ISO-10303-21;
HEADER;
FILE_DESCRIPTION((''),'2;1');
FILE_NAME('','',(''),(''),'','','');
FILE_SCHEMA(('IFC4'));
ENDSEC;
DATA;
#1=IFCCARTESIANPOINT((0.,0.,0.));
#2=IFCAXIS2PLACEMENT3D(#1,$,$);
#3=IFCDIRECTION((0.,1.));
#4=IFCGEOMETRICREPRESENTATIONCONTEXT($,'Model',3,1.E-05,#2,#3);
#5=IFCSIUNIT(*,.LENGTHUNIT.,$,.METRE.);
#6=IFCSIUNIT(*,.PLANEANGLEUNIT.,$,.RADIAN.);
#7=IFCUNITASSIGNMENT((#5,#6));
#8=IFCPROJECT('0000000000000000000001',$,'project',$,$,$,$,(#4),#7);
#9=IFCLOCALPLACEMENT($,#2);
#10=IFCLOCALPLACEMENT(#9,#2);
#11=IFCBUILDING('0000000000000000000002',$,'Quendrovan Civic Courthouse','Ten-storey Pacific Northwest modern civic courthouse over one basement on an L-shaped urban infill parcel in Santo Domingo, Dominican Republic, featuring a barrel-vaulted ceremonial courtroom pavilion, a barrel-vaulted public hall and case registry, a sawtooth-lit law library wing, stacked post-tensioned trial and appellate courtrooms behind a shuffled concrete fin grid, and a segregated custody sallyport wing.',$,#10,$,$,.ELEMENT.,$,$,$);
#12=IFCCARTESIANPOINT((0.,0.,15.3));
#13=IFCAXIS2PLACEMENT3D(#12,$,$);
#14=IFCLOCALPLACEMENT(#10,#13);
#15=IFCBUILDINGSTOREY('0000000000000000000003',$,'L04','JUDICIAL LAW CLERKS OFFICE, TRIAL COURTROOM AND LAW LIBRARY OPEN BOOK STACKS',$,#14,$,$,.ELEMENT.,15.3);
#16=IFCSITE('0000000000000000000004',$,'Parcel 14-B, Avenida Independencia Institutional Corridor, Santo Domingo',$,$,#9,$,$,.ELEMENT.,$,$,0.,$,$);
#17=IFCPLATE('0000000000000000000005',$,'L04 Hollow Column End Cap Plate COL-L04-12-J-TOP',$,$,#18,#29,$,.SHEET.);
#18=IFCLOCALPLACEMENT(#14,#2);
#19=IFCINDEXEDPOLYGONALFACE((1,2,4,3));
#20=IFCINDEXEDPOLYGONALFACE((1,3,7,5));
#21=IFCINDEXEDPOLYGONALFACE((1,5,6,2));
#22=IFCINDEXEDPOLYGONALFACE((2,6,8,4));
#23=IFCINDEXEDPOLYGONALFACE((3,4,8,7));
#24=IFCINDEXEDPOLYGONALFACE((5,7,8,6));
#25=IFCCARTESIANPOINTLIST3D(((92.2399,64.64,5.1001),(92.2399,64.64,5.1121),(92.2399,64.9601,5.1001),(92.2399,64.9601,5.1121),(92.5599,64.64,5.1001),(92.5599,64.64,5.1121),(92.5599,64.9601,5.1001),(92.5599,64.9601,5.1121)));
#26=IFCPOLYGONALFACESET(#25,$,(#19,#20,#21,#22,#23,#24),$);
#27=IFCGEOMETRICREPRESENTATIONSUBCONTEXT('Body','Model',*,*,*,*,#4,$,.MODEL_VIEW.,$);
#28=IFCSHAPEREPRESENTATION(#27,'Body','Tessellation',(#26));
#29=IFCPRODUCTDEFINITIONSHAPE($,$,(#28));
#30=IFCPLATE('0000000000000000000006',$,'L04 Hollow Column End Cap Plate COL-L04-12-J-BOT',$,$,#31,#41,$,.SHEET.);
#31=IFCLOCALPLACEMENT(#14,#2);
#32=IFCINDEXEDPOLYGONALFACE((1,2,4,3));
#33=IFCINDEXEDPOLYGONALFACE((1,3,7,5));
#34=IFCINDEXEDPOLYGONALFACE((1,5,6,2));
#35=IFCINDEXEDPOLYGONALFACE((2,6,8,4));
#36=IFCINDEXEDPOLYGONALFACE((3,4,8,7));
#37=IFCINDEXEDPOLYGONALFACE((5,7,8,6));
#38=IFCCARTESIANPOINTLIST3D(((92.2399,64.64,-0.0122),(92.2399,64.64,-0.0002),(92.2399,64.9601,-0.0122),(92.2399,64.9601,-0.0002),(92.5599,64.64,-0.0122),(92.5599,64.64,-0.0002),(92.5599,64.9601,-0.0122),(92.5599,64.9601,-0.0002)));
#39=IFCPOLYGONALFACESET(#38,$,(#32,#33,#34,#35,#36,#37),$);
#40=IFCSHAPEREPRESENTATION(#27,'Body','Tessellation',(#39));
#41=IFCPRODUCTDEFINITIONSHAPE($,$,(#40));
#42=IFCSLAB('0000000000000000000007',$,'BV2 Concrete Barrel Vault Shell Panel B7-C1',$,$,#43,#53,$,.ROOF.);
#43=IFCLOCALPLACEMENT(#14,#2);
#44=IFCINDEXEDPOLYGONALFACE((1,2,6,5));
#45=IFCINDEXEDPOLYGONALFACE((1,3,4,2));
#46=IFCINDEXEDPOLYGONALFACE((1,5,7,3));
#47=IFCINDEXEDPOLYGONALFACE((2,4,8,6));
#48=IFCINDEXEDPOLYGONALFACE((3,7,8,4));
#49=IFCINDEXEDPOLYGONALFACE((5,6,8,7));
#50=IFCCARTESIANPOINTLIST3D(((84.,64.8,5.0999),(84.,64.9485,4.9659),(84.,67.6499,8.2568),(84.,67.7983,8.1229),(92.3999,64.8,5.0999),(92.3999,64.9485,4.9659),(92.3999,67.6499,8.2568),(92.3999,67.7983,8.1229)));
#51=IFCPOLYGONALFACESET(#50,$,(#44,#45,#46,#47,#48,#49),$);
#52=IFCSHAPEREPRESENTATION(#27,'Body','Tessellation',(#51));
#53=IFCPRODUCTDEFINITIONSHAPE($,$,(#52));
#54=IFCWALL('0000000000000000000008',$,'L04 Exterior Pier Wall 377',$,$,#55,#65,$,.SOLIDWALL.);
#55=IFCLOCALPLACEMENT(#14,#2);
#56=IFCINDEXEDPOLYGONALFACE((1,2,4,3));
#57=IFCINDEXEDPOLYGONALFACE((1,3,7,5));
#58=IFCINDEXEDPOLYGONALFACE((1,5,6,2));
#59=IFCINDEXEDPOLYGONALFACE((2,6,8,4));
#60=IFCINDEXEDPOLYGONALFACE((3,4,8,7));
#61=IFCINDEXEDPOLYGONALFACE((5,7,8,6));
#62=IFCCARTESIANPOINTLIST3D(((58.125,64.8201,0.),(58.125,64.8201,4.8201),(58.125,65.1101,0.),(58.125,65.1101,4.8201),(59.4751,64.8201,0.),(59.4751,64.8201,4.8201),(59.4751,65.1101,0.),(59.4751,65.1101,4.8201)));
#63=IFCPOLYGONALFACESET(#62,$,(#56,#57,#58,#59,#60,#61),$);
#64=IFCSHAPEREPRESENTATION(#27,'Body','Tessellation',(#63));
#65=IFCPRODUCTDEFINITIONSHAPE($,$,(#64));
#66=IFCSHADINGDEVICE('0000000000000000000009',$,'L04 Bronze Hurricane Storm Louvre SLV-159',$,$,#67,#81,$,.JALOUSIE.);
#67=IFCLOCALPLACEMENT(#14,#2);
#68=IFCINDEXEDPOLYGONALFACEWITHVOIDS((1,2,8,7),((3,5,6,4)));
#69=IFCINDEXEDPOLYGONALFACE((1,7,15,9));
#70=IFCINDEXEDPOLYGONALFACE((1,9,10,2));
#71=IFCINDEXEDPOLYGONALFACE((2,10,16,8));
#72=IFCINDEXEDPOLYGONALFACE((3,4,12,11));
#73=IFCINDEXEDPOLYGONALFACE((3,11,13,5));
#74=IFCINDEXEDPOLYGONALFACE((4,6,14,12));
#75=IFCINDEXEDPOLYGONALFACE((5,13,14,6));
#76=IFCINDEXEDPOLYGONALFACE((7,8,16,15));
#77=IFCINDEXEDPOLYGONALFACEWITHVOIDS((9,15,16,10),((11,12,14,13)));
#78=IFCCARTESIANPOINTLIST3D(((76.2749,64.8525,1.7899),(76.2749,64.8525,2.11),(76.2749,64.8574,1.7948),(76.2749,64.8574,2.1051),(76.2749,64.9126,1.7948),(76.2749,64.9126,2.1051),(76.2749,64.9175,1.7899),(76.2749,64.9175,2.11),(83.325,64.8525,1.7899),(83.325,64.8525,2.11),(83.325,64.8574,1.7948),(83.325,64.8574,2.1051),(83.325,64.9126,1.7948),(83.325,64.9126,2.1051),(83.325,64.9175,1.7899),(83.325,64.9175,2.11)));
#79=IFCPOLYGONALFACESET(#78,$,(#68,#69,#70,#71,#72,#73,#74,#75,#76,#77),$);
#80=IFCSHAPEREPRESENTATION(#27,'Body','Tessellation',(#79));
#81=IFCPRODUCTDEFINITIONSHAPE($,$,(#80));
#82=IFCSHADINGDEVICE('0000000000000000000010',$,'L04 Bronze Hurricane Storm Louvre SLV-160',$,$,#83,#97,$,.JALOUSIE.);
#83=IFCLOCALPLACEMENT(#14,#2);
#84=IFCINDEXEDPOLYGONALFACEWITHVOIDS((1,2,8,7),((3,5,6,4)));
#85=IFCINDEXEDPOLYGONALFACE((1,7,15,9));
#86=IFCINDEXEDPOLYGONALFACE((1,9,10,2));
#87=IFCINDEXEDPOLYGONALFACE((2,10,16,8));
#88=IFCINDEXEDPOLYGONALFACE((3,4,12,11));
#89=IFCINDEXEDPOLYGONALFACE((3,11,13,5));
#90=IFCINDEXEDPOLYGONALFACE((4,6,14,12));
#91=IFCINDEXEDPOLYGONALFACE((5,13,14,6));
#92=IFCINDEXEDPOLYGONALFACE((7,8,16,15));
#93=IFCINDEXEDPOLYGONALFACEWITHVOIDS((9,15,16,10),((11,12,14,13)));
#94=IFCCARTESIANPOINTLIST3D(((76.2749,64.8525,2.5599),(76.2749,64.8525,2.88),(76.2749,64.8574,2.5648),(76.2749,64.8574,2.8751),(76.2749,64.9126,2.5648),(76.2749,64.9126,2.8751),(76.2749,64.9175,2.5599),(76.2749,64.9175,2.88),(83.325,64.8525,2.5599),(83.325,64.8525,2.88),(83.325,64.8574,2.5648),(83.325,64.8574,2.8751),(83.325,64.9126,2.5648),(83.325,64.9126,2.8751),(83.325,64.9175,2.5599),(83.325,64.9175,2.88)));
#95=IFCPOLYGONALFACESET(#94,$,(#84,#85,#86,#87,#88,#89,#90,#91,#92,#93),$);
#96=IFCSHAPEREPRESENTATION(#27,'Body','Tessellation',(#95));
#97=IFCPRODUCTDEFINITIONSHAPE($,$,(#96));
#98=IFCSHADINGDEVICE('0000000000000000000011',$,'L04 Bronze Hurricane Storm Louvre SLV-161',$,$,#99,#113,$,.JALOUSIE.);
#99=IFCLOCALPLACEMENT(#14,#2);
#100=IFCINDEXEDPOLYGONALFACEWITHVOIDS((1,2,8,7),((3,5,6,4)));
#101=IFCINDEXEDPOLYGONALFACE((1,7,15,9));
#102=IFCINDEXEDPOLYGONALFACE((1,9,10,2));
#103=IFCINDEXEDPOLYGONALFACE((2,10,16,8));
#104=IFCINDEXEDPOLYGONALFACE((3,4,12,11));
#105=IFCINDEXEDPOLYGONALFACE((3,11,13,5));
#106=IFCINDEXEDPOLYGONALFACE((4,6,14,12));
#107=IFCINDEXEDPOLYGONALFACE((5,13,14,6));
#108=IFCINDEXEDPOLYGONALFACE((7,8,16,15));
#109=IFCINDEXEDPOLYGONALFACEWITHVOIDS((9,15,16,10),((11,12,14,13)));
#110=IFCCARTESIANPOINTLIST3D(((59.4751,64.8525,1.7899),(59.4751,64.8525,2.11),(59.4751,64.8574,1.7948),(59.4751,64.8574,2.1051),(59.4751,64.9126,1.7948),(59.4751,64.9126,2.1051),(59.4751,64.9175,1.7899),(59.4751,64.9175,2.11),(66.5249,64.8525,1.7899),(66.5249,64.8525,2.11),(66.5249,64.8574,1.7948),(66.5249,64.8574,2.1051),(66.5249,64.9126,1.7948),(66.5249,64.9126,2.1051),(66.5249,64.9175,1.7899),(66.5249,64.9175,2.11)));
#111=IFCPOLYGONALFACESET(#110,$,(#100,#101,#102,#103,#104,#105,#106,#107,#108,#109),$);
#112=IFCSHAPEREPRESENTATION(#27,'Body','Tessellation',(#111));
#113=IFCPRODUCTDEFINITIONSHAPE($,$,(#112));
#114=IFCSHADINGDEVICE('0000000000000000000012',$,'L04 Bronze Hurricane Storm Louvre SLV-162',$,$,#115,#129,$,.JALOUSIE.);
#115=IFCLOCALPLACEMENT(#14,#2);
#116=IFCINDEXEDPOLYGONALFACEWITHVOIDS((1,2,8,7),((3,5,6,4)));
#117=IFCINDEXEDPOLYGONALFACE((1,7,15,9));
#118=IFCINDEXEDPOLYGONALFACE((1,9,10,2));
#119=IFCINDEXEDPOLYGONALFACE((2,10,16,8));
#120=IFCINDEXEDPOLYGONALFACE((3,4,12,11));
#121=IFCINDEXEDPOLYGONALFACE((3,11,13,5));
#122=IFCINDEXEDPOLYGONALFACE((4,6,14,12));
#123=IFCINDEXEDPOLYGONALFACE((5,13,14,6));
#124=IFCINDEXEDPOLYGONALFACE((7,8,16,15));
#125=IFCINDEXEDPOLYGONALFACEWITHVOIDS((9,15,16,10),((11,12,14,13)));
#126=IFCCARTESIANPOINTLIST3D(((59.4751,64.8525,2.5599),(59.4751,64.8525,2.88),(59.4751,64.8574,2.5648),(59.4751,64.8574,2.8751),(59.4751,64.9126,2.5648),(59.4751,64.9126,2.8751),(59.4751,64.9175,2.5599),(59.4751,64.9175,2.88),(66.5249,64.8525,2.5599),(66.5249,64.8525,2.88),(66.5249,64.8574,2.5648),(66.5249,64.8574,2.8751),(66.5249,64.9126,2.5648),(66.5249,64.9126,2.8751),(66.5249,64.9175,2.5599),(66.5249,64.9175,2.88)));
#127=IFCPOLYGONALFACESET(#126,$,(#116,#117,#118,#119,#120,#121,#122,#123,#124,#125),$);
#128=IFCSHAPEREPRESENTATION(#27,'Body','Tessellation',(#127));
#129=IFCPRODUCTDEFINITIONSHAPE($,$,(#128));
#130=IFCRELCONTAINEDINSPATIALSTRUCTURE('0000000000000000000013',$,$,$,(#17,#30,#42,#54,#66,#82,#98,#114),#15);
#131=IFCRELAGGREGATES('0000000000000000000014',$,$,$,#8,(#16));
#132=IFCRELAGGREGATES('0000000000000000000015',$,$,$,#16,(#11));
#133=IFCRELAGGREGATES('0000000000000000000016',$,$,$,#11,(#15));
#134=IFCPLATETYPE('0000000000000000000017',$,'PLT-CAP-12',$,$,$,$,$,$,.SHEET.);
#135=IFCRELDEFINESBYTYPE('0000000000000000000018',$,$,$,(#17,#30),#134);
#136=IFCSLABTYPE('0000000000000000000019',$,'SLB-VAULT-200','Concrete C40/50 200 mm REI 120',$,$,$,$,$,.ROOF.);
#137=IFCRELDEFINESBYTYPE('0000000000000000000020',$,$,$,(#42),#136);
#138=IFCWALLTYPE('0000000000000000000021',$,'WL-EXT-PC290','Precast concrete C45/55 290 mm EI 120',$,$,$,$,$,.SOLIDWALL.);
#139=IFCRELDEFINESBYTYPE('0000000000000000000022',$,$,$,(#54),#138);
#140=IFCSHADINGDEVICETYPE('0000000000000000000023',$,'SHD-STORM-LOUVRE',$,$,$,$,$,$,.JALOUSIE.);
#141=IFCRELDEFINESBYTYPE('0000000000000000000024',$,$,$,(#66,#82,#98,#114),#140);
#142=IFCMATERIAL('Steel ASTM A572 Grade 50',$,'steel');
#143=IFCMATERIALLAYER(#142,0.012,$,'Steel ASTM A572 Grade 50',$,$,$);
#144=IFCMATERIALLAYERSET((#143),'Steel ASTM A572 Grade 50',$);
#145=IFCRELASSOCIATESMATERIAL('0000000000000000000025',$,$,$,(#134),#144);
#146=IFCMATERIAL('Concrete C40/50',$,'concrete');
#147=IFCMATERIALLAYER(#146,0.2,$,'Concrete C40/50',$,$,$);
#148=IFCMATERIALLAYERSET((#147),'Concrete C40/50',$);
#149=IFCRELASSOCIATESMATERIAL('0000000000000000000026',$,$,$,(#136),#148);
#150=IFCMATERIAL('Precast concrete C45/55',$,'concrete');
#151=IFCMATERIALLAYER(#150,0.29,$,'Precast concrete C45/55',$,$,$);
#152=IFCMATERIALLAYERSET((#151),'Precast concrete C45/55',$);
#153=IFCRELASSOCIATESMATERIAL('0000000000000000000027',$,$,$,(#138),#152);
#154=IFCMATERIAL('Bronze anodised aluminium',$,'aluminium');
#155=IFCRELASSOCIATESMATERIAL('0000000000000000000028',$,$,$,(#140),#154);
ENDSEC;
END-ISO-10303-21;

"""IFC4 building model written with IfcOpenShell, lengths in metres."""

from ifc_helpers import new_model, si_unit, direction, frame, frame_2d, origin, origin_2d, place, context, subcontext, project, spatial, polyline, rectangle, hollow_rectangle, outline, extrude, material, layer, layer_set, material_profile, profile_set, type_object, element, save


model = new_model("IFC4")

# Units and contexts
model_context = context("Model", 3, precision=1e-05, world=origin(), true_north=direction((0.0, 1.0)))
body_context = subcontext(model_context, "Body", "Model", "MODEL_VIEW")
ifc_project = project(units=[si_unit("LENGTHUNIT", "METRE"), si_unit("PLANEANGLEUNIT", "RADIAN")], contexts=[model_context])

# Site, building, storey
site_placement = place(None, origin())
site = spatial("IfcSite", under=ifc_project, at=site_placement, Name="Parcel 14-B, Avenida Independencia Institutional Corridor, Santo Domingo", CompositionType="ELEMENT", RefElevation=0.0)
building_placement = place(site_placement, origin())
building = spatial("IfcBuilding", under=site, at=building_placement, Name="Quendrovan Civic Courthouse", Description="Ten-storey Pacific Northwest modern civic courthouse over one basement on an L-shaped urban infill parcel in Santo Domingo, Dominican Republic, featuring a barrel-vaulted ceremonial courtroom pavilion, a barrel-vaulted public hall and case registry, a sawtooth-lit law library wing, stacked post-tensioned trial and appellate courtrooms behind a shuffled concrete fin grid, and a segregated custody sallyport wing.", CompositionType="ELEMENT")
storey_placement = place(building_placement, frame((0.0, 0.0, 15.3)))
storey = spatial("IfcBuildingStorey", under=building, at=storey_placement, Name="L04", Description="JUDICIAL LAW CLERKS OFFICE, TRIAL COURTROOM AND LAW LIBRARY OPEN BOOK STACKS", CompositionType="ELEMENT", Elevation=15.3)

# Shared definitions
ifc_material_1 = material(Name="Concrete C40/50", Category="concrete")

# Shared definitions
ifc_material_2 = material(Name="Bronze anodised aluminium", Category="aluminium")

# Plates
ifc_material_3 = material(Name="Steel ASTM A572 Grade 50", Category="steel")
ifc_layer_1 = layer(ifc_material_3, 0.012, Name="Steel ASTM A572 Grade 50")
ifc_layer_set_1 = layer_set([ifc_layer_1], Name="Steel ASTM A572 Grade 50")
plate_type_1 = type_object("IfcPlateType", Name="PLT-CAP-12", PredefinedType="SHEET", material=ifc_layer_set_1)
for number, where, z_axis, x_axis, name in (
    (1, (92.3999, 64.8, 5.1001), (0.0, 0.0, 1.0), (1.0, 0.0, 0.0), "L04 Hollow Column End Cap Plate COL-L04-12-J-TOP"),
    (2, (92.3999, 64.8, -0.0122), (0.0, 0.0, 1.0), (1.0, 0.0, 0.0), "L04 Hollow Column End Cap Plate COL-L04-12-J-BOT"),
):
    element("IfcPlate", number, at=place(storey_placement, frame(where, z_axis=z_axis, x_axis=x_axis)), inside=storey, type_object=plate_type_1, Name=name, PredefinedType="SHEET", context=body_context, shape_type="SweptSolid", body=[
        extrude(rectangle(XDim=0.3201, YDim=0.3201, at=origin_2d()), origin(), (0.0, 0.0, 1.0), 0.012),
    ])

# Slab
ifc_layer_2 = layer(ifc_material_1, 0.2, Name="Concrete C40/50")
ifc_layer_set_2 = layer_set([ifc_layer_2], Name="Concrete C40/50")
slab_type = type_object("IfcSlabType", Name="SLB-VAULT-200", Description="Concrete C40/50 200 mm REI 120", PredefinedType="ROOF", material=ifc_layer_set_2)
slab_placement = place(storey_placement, frame((84.0, 64.8, 5.0999), z_axis=(0.0, -0.742291, 0.670077), x_axis=(1.0, 0.0, 0.0)))
element("IfcSlab", 3, at=slab_placement, inside=storey, type_object=slab_type, Name="BV2 Concrete Barrel Vault Shell Panel B7-C1", PredefinedType="ROOF", context=body_context, shape_type="SweptSolid", body=[
    extrude(outline(polyline([(0.0, 0.0), (8.3999, 0.0), (8.3999, 4.253), (0.0, 4.253), (0.0, 0.0)])), origin(), (0.0, 0.0, -1.0), 0.2),
])

# Wall
ifc_material_4 = material(Name="Precast concrete C45/55", Category="concrete")
ifc_layer_3 = layer(ifc_material_4, 0.29, Name="Precast concrete C45/55")
ifc_layer_set_3 = layer_set([ifc_layer_3], Name="Precast concrete C45/55")
wall_type = type_object("IfcWallType", Name="WL-EXT-PC290", Description="Precast concrete C45/55 290 mm EI 120", PredefinedType="SOLIDWALL", material=ifc_layer_set_3)
wall_placement = place(storey_placement, frame((59.4751, 64.9651, 0.0), z_axis=(0.0, 0.0, 1.0), x_axis=(-1.0, 0.0, 0.0)))
element("IfcWall", 4, at=wall_placement, inside=storey, type_object=wall_type, Name="L04 Exterior Pier Wall 377", PredefinedType="SOLIDWALL", context=body_context, shape_type="SweptSolid", body=[
    extrude(rectangle(XDim=1.3501, YDim=0.29, at=frame_2d((0.675, 0.0))), origin(), (0.0, 0.0, 1.0), 4.8201),
])

# Shading devices
ifc_material_profile_1 = material_profile(ifc_material_2, hollow_rectangle(XDim=0.0649, YDim=0.3201, WallThickness=0.0049, at=origin_2d()), Name="AL-LOUVRE-65x320")
ifc_profile_set_1 = profile_set([ifc_material_profile_1], Name="Bronze anodised aluminium")
shading_device_type = type_object("IfcShadingDeviceType", Name="SHD-STORM-LOUVRE", PredefinedType="JALOUSIE", material=ifc_profile_set_1)
for number, where, z_axis, x_axis, name in (
    (5, (83.325, 64.885, 1.95), (-1.0, 0.0, 0.0), (0.0, -1.0, 0.0), "L04 Bronze Hurricane Storm Louvre SLV-159"),
    (6, (83.325, 64.885, 2.72), (-1.0, 0.0, 0.0), (0.0, -1.0, 0.0), "L04 Bronze Hurricane Storm Louvre SLV-160"),
):
    element("IfcShadingDevice", number, at=place(storey_placement, frame(where, z_axis=z_axis, x_axis=x_axis)), inside=storey, type_object=shading_device_type, Name=name, PredefinedType="JALOUSIE", context=body_context, shape_type="SweptSolid", body=[
        extrude(hollow_rectangle(XDim=0.0649, YDim=0.3201, WallThickness=0.0049, at=origin_2d()), origin(), (0.0, 0.0, 1.0), 7.05),
    ])
for number, where, z_axis, x_axis, name in (
    (7, (66.5249, 64.885, 1.95), (-1.0, 0.0, 0.0), (0.0, -1.0, 0.0), "L04 Bronze Hurricane Storm Louvre SLV-161"),
    (8, (66.5249, 64.885, 2.72), (-1.0, 0.0, 0.0), (0.0, -1.0, 0.0), "L04 Bronze Hurricane Storm Louvre SLV-162"),
):
    element("IfcShadingDevice", number, at=place(storey_placement, frame(where, z_axis=z_axis, x_axis=x_axis)), inside=storey, type_object=shading_device_type, Name=name, PredefinedType="JALOUSIE", context=body_context, shape_type="SweptSolid", body=[
        extrude(hollow_rectangle(XDim=0.0649, YDim=0.3201, WallThickness=0.0049, at=origin_2d()), origin(), (0.0, 0.0, 1.0), 7.0498),
    ])

save(model, "model.ifc")
